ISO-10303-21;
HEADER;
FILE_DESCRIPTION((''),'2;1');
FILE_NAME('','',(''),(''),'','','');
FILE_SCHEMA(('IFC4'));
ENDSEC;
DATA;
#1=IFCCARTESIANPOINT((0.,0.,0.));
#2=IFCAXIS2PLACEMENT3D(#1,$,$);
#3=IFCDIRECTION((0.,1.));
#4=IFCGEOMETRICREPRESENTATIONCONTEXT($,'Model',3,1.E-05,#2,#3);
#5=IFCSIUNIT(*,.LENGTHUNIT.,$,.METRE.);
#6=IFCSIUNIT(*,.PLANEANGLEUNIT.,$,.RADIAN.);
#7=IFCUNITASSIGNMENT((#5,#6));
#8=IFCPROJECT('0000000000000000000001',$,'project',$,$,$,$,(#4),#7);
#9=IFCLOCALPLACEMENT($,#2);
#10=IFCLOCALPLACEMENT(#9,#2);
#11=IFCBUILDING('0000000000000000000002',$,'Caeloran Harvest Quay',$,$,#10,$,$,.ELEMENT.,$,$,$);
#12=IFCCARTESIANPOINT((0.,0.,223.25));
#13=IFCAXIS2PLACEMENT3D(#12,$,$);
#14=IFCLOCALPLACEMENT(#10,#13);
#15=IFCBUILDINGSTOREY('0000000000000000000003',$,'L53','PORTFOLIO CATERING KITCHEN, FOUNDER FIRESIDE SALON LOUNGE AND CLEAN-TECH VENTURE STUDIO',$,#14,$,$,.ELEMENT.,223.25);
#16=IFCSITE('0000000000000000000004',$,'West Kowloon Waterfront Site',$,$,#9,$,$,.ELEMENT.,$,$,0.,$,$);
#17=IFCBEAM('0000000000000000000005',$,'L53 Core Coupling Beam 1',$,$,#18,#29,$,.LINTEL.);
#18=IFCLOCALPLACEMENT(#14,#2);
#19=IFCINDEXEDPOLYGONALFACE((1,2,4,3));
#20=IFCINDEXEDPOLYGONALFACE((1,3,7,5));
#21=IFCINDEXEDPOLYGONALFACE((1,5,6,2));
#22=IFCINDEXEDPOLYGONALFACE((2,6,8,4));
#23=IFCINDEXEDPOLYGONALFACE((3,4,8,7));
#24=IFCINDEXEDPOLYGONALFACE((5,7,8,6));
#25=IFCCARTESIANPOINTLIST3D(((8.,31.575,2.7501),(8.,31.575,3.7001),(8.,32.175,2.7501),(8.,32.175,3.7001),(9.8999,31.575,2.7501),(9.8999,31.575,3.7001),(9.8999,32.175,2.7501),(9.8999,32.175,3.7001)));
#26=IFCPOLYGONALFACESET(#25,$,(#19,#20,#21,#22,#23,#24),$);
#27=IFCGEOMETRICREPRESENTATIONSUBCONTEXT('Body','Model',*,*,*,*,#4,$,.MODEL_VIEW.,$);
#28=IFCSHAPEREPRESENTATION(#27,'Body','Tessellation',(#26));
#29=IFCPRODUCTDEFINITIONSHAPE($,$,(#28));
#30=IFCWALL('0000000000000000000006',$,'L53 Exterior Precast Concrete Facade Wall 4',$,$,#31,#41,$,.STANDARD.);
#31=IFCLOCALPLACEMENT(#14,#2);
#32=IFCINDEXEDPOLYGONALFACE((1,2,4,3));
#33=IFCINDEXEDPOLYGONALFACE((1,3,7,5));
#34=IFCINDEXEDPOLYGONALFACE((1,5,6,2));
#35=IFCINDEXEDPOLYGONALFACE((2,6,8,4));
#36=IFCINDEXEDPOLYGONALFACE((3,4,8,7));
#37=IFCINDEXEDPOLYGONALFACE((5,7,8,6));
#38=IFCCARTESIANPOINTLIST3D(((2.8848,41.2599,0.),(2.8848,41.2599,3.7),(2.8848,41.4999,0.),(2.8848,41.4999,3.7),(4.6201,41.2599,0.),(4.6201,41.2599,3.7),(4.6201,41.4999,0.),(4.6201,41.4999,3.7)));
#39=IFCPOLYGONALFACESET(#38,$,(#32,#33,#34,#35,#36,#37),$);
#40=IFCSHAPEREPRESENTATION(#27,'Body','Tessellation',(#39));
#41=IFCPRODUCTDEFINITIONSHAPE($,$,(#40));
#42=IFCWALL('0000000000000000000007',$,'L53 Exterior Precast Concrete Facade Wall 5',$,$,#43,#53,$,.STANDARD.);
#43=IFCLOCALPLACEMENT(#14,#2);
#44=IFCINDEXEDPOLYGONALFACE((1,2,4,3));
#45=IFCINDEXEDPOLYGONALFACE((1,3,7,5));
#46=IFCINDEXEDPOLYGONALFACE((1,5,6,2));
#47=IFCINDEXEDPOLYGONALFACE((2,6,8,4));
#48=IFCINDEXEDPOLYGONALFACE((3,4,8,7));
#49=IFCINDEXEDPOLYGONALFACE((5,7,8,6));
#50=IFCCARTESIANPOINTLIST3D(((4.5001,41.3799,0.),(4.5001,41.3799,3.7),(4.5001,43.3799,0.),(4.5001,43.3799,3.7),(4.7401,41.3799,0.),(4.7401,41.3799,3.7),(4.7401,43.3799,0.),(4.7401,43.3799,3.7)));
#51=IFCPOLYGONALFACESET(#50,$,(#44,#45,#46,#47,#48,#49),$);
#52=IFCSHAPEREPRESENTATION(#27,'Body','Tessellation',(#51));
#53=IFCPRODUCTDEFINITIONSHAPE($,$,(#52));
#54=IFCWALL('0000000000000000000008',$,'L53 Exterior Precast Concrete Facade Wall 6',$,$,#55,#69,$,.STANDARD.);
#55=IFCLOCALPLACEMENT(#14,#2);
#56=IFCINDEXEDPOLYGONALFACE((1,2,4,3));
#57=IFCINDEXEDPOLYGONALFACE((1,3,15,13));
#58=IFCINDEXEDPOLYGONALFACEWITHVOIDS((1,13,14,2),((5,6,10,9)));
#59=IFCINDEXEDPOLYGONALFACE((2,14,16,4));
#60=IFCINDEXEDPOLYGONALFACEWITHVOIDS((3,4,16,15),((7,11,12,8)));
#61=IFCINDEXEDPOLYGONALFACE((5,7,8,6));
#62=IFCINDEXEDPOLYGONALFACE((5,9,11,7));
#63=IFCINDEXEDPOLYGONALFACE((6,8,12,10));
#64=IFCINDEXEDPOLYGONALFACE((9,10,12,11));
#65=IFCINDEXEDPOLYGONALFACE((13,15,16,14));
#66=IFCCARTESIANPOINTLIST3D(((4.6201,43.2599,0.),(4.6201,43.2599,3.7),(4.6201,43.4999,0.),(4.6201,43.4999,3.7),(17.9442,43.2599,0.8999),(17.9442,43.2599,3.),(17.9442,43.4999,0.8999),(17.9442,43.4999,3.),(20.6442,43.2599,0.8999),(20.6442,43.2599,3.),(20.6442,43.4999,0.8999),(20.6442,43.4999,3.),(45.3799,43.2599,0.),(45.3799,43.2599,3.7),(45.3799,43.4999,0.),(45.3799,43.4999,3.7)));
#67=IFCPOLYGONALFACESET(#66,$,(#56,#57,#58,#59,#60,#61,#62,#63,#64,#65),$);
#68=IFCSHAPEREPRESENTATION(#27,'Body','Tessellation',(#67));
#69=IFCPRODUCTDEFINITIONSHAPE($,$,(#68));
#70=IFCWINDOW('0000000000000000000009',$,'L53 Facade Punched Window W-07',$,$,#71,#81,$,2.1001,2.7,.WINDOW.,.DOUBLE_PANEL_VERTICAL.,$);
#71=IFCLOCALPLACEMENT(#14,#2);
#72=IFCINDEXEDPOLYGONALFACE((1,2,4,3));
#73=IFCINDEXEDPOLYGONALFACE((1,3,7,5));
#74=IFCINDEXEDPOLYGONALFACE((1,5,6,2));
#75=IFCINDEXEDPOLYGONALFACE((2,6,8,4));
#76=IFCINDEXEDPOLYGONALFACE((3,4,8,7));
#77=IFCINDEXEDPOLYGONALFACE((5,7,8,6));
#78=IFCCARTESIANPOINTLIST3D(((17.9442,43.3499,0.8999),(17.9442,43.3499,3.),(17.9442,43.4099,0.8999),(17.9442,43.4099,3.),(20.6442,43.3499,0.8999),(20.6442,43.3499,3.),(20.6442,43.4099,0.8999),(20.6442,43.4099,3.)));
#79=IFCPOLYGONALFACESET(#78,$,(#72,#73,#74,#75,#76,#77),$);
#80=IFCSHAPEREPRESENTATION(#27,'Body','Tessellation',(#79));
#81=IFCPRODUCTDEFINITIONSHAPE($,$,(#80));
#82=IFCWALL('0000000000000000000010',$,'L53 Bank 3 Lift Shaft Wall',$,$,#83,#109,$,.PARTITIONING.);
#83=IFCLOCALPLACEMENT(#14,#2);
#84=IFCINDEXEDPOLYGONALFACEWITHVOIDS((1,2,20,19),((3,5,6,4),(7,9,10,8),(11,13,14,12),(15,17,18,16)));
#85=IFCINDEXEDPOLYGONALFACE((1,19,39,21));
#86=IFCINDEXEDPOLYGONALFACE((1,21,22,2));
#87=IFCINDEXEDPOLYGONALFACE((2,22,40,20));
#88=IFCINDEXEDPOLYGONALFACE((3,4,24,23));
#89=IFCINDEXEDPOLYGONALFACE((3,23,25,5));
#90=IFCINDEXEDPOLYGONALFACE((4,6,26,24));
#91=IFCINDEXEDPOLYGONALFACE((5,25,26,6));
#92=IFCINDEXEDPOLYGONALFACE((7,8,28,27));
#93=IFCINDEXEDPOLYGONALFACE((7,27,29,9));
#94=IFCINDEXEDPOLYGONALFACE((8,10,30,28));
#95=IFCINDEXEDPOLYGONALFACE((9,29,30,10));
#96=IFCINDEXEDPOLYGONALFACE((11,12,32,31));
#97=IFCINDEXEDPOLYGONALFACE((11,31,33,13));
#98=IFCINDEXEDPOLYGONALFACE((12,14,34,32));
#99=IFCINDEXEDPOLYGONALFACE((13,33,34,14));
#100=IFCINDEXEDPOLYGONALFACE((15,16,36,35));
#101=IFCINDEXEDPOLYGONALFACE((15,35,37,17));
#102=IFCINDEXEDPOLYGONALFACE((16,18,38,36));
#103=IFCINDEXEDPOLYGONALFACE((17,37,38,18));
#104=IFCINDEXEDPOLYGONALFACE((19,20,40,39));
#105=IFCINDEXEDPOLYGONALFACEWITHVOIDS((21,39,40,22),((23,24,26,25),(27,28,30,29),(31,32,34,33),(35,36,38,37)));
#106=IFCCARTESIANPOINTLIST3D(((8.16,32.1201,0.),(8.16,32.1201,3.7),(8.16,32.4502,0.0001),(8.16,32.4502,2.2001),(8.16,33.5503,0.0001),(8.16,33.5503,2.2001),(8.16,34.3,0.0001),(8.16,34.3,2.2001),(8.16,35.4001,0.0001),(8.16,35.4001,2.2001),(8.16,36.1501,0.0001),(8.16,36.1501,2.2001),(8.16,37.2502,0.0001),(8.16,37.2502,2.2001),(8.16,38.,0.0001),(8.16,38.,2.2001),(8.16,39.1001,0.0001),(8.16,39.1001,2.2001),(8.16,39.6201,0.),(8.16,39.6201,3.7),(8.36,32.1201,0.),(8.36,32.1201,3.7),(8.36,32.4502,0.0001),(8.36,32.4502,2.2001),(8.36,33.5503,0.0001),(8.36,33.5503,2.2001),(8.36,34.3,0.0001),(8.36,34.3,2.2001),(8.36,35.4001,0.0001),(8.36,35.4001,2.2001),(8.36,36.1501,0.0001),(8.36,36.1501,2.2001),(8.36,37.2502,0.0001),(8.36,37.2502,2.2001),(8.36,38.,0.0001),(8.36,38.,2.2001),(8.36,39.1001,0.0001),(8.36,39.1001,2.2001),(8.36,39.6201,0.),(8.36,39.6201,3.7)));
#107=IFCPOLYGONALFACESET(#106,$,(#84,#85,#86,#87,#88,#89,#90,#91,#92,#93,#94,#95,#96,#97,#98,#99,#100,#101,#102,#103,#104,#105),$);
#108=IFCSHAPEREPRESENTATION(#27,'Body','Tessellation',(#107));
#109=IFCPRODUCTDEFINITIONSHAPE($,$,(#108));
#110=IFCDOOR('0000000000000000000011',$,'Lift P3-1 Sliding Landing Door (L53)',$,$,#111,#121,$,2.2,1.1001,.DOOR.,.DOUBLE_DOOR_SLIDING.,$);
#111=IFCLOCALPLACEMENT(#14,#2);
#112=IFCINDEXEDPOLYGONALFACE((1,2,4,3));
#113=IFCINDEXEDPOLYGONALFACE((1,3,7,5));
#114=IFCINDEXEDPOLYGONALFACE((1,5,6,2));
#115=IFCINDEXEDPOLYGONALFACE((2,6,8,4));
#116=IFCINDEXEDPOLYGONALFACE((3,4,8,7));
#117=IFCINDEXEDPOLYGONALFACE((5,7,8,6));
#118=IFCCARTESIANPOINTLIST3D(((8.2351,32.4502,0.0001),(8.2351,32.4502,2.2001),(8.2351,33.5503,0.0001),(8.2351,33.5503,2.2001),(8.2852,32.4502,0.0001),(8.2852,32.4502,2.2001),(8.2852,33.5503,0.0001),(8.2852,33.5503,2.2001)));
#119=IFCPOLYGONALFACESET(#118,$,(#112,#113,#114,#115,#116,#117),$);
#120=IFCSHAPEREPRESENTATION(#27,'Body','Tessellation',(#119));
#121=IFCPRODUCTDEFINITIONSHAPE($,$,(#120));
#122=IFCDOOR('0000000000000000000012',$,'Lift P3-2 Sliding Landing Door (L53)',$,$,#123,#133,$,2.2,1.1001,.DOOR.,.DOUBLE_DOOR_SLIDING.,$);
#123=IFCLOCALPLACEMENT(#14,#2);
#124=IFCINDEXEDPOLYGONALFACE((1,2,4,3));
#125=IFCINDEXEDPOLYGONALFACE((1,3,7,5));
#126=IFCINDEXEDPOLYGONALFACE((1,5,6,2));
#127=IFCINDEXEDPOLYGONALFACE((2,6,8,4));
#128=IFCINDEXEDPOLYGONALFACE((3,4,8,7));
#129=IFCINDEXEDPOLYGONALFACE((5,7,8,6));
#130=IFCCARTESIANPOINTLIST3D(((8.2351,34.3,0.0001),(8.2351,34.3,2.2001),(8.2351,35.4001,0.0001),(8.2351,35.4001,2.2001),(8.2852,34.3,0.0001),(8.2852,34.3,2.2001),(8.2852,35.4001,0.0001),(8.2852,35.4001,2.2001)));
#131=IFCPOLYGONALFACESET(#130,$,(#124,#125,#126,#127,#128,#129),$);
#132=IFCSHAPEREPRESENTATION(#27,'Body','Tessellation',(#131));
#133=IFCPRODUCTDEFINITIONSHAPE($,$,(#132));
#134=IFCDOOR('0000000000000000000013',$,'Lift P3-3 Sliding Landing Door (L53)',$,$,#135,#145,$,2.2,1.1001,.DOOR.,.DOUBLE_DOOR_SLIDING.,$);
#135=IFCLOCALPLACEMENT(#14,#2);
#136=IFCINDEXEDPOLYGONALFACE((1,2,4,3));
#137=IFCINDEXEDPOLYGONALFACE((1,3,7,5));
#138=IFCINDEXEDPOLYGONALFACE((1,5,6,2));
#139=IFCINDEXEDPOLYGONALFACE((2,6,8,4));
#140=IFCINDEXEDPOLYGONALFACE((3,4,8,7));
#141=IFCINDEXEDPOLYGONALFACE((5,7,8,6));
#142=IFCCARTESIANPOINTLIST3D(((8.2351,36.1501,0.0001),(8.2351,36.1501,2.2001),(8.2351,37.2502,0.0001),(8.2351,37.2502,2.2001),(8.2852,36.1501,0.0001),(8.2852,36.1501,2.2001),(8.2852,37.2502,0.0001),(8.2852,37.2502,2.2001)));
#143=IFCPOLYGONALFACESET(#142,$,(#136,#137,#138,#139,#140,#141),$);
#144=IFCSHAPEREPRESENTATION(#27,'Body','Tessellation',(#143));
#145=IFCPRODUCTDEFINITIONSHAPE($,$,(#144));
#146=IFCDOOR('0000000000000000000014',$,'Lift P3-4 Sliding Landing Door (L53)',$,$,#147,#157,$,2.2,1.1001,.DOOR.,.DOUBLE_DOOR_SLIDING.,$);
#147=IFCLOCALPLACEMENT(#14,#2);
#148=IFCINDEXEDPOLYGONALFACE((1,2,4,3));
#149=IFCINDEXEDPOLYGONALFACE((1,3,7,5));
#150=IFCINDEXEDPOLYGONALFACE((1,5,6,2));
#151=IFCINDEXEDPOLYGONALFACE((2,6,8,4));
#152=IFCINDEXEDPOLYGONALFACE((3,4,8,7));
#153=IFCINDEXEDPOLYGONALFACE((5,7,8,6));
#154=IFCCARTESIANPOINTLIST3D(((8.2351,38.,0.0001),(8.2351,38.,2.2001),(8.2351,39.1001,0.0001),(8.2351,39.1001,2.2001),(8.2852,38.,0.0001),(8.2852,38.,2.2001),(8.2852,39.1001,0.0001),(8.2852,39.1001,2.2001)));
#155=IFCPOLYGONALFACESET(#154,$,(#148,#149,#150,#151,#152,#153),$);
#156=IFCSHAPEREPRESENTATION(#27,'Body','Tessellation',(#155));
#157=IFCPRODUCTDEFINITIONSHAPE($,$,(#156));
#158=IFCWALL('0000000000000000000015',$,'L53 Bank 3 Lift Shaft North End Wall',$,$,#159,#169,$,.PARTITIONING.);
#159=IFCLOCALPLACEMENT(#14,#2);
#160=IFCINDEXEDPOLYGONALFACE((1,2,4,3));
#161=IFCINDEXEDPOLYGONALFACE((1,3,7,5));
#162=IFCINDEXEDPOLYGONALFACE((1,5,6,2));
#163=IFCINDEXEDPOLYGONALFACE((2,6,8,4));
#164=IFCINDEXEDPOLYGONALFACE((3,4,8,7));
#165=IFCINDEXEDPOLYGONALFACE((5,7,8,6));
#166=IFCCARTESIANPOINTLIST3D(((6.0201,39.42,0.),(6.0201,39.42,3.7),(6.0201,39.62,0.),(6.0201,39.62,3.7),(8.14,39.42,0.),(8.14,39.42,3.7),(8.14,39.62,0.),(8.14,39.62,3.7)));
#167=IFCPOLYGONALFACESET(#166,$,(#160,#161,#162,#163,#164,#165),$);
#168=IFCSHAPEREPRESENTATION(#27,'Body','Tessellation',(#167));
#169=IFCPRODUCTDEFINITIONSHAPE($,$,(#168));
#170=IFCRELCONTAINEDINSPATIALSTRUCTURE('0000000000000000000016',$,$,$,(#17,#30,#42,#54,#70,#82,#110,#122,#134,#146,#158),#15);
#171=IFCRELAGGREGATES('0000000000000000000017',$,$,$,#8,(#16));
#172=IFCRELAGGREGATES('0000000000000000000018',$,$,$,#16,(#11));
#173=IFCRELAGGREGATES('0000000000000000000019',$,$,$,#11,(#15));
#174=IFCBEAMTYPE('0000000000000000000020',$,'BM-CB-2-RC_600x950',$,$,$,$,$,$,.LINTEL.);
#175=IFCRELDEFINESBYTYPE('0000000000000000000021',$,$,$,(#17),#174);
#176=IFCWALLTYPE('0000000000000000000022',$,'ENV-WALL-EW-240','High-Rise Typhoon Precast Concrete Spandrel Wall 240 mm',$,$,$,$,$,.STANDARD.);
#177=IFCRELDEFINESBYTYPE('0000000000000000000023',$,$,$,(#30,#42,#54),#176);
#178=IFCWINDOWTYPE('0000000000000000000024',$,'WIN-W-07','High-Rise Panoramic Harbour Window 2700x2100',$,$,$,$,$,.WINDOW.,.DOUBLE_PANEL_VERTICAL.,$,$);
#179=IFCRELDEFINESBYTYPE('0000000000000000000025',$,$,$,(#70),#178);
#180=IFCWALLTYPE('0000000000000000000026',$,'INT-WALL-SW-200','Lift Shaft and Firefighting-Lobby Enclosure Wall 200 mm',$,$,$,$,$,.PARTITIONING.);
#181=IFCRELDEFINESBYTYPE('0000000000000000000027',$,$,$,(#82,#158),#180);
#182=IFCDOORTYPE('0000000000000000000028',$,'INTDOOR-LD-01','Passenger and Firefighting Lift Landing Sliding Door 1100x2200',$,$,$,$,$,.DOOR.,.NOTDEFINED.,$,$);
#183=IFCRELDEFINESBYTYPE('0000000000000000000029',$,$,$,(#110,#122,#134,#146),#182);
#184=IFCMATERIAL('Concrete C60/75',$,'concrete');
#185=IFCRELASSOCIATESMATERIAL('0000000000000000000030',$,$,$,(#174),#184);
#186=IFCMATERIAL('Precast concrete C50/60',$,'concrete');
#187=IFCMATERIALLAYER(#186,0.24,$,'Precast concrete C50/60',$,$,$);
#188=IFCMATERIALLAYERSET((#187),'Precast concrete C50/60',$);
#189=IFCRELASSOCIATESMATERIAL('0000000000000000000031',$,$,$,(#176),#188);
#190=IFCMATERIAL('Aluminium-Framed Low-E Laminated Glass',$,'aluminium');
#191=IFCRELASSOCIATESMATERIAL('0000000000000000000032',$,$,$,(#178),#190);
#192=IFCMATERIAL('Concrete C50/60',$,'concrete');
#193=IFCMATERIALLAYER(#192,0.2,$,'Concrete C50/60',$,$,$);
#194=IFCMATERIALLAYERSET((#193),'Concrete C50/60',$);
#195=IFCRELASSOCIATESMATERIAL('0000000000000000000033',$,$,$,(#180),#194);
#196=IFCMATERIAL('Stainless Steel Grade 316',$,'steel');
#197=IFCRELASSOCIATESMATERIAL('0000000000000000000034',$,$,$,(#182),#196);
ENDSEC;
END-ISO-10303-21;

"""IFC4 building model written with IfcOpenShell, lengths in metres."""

from ifc_helpers import new_model, si_unit, direction, frame, frame_2d, origin, origin_2d, place, context, subcontext, project, spatial, rectangle, extrude, material, layer, layer_set, material_profile, profile_set, type_object, element, fill, save


model = new_model("IFC4")

# Units and contexts
model_context = context("Model", 3, precision=1e-05, world=origin(), true_north=direction((0.0, 1.0)))
body_context = subcontext(model_context, "Body", "Model", "MODEL_VIEW")
ifc_project = project(units=[si_unit("LENGTHUNIT", "METRE"), si_unit("PLANEANGLEUNIT", "RADIAN")], contexts=[model_context])

# Site, building, storey
site_placement = place(None, origin())
site = spatial("IfcSite", under=ifc_project, at=site_placement, Name="West Kowloon Waterfront Site", CompositionType="ELEMENT", RefElevation=0.0)
building_placement = place(site_placement, origin())
building = spatial("IfcBuilding", under=site, at=building_placement, Name="Caeloran Harvest Quay", CompositionType="ELEMENT")
storey_placement = place(building_placement, frame((0.0, 0.0, 223.25)))
storey = spatial("IfcBuildingStorey", under=building, at=storey_placement, Name="L53", Description="PORTFOLIO CATERING KITCHEN, FOUNDER FIRESIDE SALON LOUNGE AND CLEAN-TECH VENTURE STUDIO", CompositionType="ELEMENT", Elevation=223.25)

# Beam
ifc_material_1 = material(Name="Concrete C60/75", Category="concrete")
ifc_material_profile = material_profile(ifc_material_1, rectangle(XDim=0.6001, YDim=0.95, at=origin_2d()), Name="RC 600x950")
ifc_profile_set = profile_set([ifc_material_profile], Name="Concrete C60/75")
beam_type = type_object("IfcBeamType", Name="BM-CB-2-RC_600x950", PredefinedType="LINTEL", material=ifc_profile_set)
beam_placement = place(storey_placement, frame((8.0, 31.875, 3.2251), z_axis=(1.0, 0.0, 0.0), x_axis=(0.0, 1.0, 0.0)))
element("IfcBeam", 1, at=beam_placement, inside=storey, type_object=beam_type, Name="L53 Core Coupling Beam 1", PredefinedType="LINTEL", context=body_context, shape_type="SweptSolid", body=[
    extrude(rectangle(XDim=0.6001, YDim=0.95, at=origin_2d()), origin(), (0.0, 0.0, 1.0), 1.8999),
])

# Walls
ifc_material_2 = material(Name="Precast concrete C50/60", Category="concrete")
ifc_layer_1 = layer(ifc_material_2, 0.24, Name="Precast concrete C50/60")
ifc_layer_set_1 = layer_set([ifc_layer_1], Name="Precast concrete C50/60")
wall_type_1 = type_object("IfcWallType", Name="ENV-WALL-EW-240", Description="High-Rise Typhoon Precast Concrete Spandrel Wall 240 mm", PredefinedType="STANDARD", material=ifc_layer_set_1)
wall_1_placement = place(storey_placement, frame((2.8848, 41.3799, 0.0), z_axis=(0.0, 0.0, 1.0), x_axis=(1.0, 0.0, 0.0)))
element("IfcWall", 2, at=wall_1_placement, inside=storey, type_object=wall_type_1, Name="L53 Exterior Precast Concrete Facade Wall 4", PredefinedType="STANDARD", context=body_context, shape_type="SweptSolid", body=[
    extrude(rectangle(XDim=1.7354, YDim=0.24, at=frame_2d((0.8677, 0.0))), origin(), (0.0, 0.0, 1.0), 3.7),
])
wall_2_placement = place(storey_placement, frame((4.6201, 41.3799, 0.0), z_axis=(0.0, 0.0, 1.0), x_axis=(0.0, 1.0, 0.0)))
element("IfcWall", 3, at=wall_2_placement, inside=storey, type_object=wall_type_1, Name="L53 Exterior Precast Concrete Facade Wall 5", PredefinedType="STANDARD", context=body_context, shape_type="SweptSolid", body=[
    extrude(rectangle(XDim=2.0, YDim=0.24, at=frame_2d((1.0, 0.0))), origin(), (0.0, 0.0, 1.0), 3.7),
])

# Wall, opening, window
wall_3_placement = place(storey_placement, frame((4.6201, 43.3799, 0.0), z_axis=(0.0, 0.0, 1.0), x_axis=(1.0, 0.0, 0.0)))
wall_3 = element("IfcWall", 4, at=wall_3_placement, inside=storey, type_object=wall_type_1, Name="L53 Exterior Precast Concrete Facade Wall 6", PredefinedType="STANDARD", context=body_context, shape_type="SweptSolid", body=[
    extrude(rectangle(XDim=40.7598, YDim=0.24, at=frame_2d((20.3799, 0.0))), origin(), (0.0, 0.0, 1.0), 3.7),
])
opening_1_placement = place(wall_3_placement, frame((13.324, 0.0, 0.8999)))
opening_1 = element("IfcOpeningElement", 5, at=opening_1_placement, cuts=wall_3, PredefinedType="OPENING", context=body_context, shape_type="SweptSolid", body=[
    extrude(rectangle(XDim=2.7, YDim=2.1001, at=frame_2d((1.3501, 1.05))), frame((0.0, 0.1299, 0.0), z_axis=(0.0, -1.0, 0.0), x_axis=(1.0, 0.0, 0.0)), (0.0, 0.0, 1.0), 0.26),
])
ifc_material_3 = material(Name="Aluminium-Framed Low-E Laminated Glass", Category="aluminium")
window_type = type_object("IfcWindowType", Name="WIN-W-07", Description="High-Rise Panoramic Harbour Window 2700x2100", PartitioningType="DOUBLE_PANEL_VERTICAL", PredefinedType="WINDOW", material=ifc_material_3)
window_placement = place(opening_1_placement, origin())
window = element("IfcWindow", 6, at=window_placement, inside=storey, type_object=window_type, Name="L53 Facade Punched Window W-07", OverallHeight=2.1001, OverallWidth=2.7, PartitioningType="DOUBLE_PANEL_VERTICAL", PredefinedType="WINDOW", context=body_context, shape_type="SweptSolid", body=[
    extrude(rectangle(XDim=2.7, YDim=2.1001, at=frame_2d((1.3501, 1.05))), frame((0.0, 0.03, 0.0), z_axis=(0.0, -1.0, 0.0), x_axis=(1.0, 0.0, 0.0)), (0.0, 0.0, 1.0), 0.0601),
])
fill(opening_1, window)

# Wall, openings, doors
ifc_material_4 = material(Name="Concrete C50/60", Category="concrete")
ifc_layer_2 = layer(ifc_material_4, 0.2, Name="Concrete C50/60")
ifc_layer_set_2 = layer_set([ifc_layer_2], Name="Concrete C50/60")
wall_type_2 = type_object("IfcWallType", Name="INT-WALL-SW-200", Description="Lift Shaft and Firefighting-Lobby Enclosure Wall 200 mm", PredefinedType="PARTITIONING", material=ifc_layer_set_2)
wall_4_placement = place(storey_placement, frame((8.26, 32.1201, 0.0), z_axis=(0.0, 0.0, 1.0), x_axis=(0.0, 1.0, 0.0)))
wall_4 = element("IfcWall", 7, at=wall_4_placement, inside=storey, type_object=wall_type_2, Name="L53 Bank 3 Lift Shaft Wall", PredefinedType="PARTITIONING", context=body_context, shape_type="SweptSolid", body=[
    extrude(rectangle(XDim=7.5, YDim=0.2, at=frame_2d((3.75, 0.0))), origin(), (0.0, 0.0, 1.0), 3.7),
])
opening_2_placement = place(wall_4_placement, frame((0.3301, 0.0, 0.0)))
opening_2 = element("IfcOpeningElement", 8, at=opening_2_placement, cuts=wall_4, PredefinedType="OPENING", context=body_context, shape_type="SweptSolid", body=[
    extrude(rectangle(XDim=1.1001, YDim=2.2, at=frame_2d((0.55, 1.1001))), frame((0.0, 0.1099, 0.0), z_axis=(0.0, -1.0, 0.0), x_axis=(1.0, 0.0, 0.0)), (0.0, 0.0, 1.0), 0.22),
])
opening_3_placement = place(wall_4_placement, frame((2.1799, 0.0, 0.0)))
opening_3 = element("IfcOpeningElement", 9, at=opening_3_placement, cuts=wall_4, PredefinedType="OPENING", context=body_context, shape_type="SweptSolid", body=[
    extrude(rectangle(XDim=1.1001, YDim=2.2, at=frame_2d((0.55, 1.1001))), frame((0.0, 0.1099, 0.0), z_axis=(0.0, -1.0, 0.0), x_axis=(1.0, 0.0, 0.0)), (0.0, 0.0, 1.0), 0.22),
])
opening_4_placement = place(wall_4_placement, frame((4.03, 0.0, 0.0)))
opening_4 = element("IfcOpeningElement", 10, at=opening_4_placement, cuts=wall_4, PredefinedType="OPENING", context=body_context, shape_type="SweptSolid", body=[
    extrude(rectangle(XDim=1.1001, YDim=2.2, at=frame_2d((0.55, 1.1001))), frame((0.0, 0.1099, 0.0), z_axis=(0.0, -1.0, 0.0), x_axis=(1.0, 0.0, 0.0)), (0.0, 0.0, 1.0), 0.22),
])
opening_5_placement = place(wall_4_placement, frame((5.8799, 0.0, 0.0)))
opening_5 = element("IfcOpeningElement", 11, at=opening_5_placement, cuts=wall_4, PredefinedType="OPENING", context=body_context, shape_type="SweptSolid", body=[
    extrude(rectangle(XDim=1.1001, YDim=2.2, at=frame_2d((0.55, 1.1001))), frame((0.0, 0.1099, 0.0), z_axis=(0.0, -1.0, 0.0), x_axis=(1.0, 0.0, 0.0)), (0.0, 0.0, 1.0), 0.22),
])
ifc_material_5 = material(Name="Stainless Steel Grade 316", Category="steel")
door_type_1 = type_object("IfcDoorType", Name="INTDOOR-LD-01", Description="Passenger and Firefighting Lift Landing Sliding Door 1100x2200", OperationType="NOTDEFINED", PredefinedType="DOOR", material=ifc_material_5)
door_1_placement = place(opening_2_placement, origin())
door_1 = element("IfcDoor", 12, at=door_1_placement, inside=storey, type_object=door_type_1, Name="Lift P3-1 Sliding Landing Door (L53)", OperationType="DOUBLE_DOOR_SLIDING", OverallHeight=2.2, OverallWidth=1.1001, PredefinedType="DOOR", context=body_context, shape_type="SweptSolid", body=[
    extrude(rectangle(XDim=1.1001, YDim=2.2, at=frame_2d((0.55, 1.1001))), frame((0.0, 0.0249, 0.0), z_axis=(0.0, -1.0, 0.0), x_axis=(1.0, 0.0, 0.0)), (0.0, 0.0, 1.0), 0.05),
])
fill(opening_2, door_1)
door_2_placement = place(opening_3_placement, origin())
door_2 = element("IfcDoor", 13, at=door_2_placement, inside=storey, type_object=door_type_1, Name="Lift P3-2 Sliding Landing Door (L53)", OperationType="DOUBLE_DOOR_SLIDING", OverallHeight=2.2, OverallWidth=1.1001, PredefinedType="DOOR", context=body_context, shape_type="SweptSolid", body=[
    extrude(rectangle(XDim=1.1001, YDim=2.2, at=frame_2d((0.55, 1.1001))), frame((0.0, 0.0249, 0.0), z_axis=(0.0, -1.0, 0.0), x_axis=(1.0, 0.0, 0.0)), (0.0, 0.0, 1.0), 0.05),
])
fill(opening_3, door_2)
door_3_placement = place(opening_4_placement, origin())
door_3 = element("IfcDoor", 14, at=door_3_placement, inside=storey, type_object=door_type_1, Name="Lift P3-3 Sliding Landing Door (L53)", OperationType="DOUBLE_DOOR_SLIDING", OverallHeight=2.2, OverallWidth=1.1001, PredefinedType="DOOR", context=body_context, shape_type="SweptSolid", body=[
    extrude(rectangle(XDim=1.1001, YDim=2.2, at=frame_2d((0.55, 1.1001))), frame((0.0, 0.0249, 0.0), z_axis=(0.0, -1.0, 0.0), x_axis=(1.0, 0.0, 0.0)), (0.0, 0.0, 1.0), 0.05),
])
fill(opening_4, door_3)
door_4_placement = place(opening_5_placement, origin())
door_4 = element("IfcDoor", 15, at=door_4_placement, inside=storey, type_object=door_type_1, Name="Lift P3-4 Sliding Landing Door (L53)", OperationType="DOUBLE_DOOR_SLIDING", OverallHeight=2.2, OverallWidth=1.1001, PredefinedType="DOOR", context=body_context, shape_type="SweptSolid", body=[
    extrude(rectangle(XDim=1.1001, YDim=2.2, at=frame_2d((0.55, 1.1001))), frame((0.0, 0.0249, 0.0), z_axis=(0.0, -1.0, 0.0), x_axis=(1.0, 0.0, 0.0)), (0.0, 0.0, 1.0), 0.05),
])
fill(opening_5, door_4)

# Wall
wall_5_placement = place(storey_placement, frame((6.02, 39.52, 0.0), z_axis=(0.0, 0.0, 1.0), x_axis=(1.0, 0.0, 0.0)))
element("IfcWall", 16, at=wall_5_placement, inside=storey, type_object=wall_type_2, Name="L53 Bank 3 Lift Shaft North End Wall", PredefinedType="PARTITIONING", context=body_context, shape_type="SweptSolid", body=[
    extrude(rectangle(XDim=2.1199, YDim=0.2, at=frame_2d((1.0601, 0.0))), origin(), (0.0, 0.0, 1.0), 3.7),
])

save(model, "model.ifc")
